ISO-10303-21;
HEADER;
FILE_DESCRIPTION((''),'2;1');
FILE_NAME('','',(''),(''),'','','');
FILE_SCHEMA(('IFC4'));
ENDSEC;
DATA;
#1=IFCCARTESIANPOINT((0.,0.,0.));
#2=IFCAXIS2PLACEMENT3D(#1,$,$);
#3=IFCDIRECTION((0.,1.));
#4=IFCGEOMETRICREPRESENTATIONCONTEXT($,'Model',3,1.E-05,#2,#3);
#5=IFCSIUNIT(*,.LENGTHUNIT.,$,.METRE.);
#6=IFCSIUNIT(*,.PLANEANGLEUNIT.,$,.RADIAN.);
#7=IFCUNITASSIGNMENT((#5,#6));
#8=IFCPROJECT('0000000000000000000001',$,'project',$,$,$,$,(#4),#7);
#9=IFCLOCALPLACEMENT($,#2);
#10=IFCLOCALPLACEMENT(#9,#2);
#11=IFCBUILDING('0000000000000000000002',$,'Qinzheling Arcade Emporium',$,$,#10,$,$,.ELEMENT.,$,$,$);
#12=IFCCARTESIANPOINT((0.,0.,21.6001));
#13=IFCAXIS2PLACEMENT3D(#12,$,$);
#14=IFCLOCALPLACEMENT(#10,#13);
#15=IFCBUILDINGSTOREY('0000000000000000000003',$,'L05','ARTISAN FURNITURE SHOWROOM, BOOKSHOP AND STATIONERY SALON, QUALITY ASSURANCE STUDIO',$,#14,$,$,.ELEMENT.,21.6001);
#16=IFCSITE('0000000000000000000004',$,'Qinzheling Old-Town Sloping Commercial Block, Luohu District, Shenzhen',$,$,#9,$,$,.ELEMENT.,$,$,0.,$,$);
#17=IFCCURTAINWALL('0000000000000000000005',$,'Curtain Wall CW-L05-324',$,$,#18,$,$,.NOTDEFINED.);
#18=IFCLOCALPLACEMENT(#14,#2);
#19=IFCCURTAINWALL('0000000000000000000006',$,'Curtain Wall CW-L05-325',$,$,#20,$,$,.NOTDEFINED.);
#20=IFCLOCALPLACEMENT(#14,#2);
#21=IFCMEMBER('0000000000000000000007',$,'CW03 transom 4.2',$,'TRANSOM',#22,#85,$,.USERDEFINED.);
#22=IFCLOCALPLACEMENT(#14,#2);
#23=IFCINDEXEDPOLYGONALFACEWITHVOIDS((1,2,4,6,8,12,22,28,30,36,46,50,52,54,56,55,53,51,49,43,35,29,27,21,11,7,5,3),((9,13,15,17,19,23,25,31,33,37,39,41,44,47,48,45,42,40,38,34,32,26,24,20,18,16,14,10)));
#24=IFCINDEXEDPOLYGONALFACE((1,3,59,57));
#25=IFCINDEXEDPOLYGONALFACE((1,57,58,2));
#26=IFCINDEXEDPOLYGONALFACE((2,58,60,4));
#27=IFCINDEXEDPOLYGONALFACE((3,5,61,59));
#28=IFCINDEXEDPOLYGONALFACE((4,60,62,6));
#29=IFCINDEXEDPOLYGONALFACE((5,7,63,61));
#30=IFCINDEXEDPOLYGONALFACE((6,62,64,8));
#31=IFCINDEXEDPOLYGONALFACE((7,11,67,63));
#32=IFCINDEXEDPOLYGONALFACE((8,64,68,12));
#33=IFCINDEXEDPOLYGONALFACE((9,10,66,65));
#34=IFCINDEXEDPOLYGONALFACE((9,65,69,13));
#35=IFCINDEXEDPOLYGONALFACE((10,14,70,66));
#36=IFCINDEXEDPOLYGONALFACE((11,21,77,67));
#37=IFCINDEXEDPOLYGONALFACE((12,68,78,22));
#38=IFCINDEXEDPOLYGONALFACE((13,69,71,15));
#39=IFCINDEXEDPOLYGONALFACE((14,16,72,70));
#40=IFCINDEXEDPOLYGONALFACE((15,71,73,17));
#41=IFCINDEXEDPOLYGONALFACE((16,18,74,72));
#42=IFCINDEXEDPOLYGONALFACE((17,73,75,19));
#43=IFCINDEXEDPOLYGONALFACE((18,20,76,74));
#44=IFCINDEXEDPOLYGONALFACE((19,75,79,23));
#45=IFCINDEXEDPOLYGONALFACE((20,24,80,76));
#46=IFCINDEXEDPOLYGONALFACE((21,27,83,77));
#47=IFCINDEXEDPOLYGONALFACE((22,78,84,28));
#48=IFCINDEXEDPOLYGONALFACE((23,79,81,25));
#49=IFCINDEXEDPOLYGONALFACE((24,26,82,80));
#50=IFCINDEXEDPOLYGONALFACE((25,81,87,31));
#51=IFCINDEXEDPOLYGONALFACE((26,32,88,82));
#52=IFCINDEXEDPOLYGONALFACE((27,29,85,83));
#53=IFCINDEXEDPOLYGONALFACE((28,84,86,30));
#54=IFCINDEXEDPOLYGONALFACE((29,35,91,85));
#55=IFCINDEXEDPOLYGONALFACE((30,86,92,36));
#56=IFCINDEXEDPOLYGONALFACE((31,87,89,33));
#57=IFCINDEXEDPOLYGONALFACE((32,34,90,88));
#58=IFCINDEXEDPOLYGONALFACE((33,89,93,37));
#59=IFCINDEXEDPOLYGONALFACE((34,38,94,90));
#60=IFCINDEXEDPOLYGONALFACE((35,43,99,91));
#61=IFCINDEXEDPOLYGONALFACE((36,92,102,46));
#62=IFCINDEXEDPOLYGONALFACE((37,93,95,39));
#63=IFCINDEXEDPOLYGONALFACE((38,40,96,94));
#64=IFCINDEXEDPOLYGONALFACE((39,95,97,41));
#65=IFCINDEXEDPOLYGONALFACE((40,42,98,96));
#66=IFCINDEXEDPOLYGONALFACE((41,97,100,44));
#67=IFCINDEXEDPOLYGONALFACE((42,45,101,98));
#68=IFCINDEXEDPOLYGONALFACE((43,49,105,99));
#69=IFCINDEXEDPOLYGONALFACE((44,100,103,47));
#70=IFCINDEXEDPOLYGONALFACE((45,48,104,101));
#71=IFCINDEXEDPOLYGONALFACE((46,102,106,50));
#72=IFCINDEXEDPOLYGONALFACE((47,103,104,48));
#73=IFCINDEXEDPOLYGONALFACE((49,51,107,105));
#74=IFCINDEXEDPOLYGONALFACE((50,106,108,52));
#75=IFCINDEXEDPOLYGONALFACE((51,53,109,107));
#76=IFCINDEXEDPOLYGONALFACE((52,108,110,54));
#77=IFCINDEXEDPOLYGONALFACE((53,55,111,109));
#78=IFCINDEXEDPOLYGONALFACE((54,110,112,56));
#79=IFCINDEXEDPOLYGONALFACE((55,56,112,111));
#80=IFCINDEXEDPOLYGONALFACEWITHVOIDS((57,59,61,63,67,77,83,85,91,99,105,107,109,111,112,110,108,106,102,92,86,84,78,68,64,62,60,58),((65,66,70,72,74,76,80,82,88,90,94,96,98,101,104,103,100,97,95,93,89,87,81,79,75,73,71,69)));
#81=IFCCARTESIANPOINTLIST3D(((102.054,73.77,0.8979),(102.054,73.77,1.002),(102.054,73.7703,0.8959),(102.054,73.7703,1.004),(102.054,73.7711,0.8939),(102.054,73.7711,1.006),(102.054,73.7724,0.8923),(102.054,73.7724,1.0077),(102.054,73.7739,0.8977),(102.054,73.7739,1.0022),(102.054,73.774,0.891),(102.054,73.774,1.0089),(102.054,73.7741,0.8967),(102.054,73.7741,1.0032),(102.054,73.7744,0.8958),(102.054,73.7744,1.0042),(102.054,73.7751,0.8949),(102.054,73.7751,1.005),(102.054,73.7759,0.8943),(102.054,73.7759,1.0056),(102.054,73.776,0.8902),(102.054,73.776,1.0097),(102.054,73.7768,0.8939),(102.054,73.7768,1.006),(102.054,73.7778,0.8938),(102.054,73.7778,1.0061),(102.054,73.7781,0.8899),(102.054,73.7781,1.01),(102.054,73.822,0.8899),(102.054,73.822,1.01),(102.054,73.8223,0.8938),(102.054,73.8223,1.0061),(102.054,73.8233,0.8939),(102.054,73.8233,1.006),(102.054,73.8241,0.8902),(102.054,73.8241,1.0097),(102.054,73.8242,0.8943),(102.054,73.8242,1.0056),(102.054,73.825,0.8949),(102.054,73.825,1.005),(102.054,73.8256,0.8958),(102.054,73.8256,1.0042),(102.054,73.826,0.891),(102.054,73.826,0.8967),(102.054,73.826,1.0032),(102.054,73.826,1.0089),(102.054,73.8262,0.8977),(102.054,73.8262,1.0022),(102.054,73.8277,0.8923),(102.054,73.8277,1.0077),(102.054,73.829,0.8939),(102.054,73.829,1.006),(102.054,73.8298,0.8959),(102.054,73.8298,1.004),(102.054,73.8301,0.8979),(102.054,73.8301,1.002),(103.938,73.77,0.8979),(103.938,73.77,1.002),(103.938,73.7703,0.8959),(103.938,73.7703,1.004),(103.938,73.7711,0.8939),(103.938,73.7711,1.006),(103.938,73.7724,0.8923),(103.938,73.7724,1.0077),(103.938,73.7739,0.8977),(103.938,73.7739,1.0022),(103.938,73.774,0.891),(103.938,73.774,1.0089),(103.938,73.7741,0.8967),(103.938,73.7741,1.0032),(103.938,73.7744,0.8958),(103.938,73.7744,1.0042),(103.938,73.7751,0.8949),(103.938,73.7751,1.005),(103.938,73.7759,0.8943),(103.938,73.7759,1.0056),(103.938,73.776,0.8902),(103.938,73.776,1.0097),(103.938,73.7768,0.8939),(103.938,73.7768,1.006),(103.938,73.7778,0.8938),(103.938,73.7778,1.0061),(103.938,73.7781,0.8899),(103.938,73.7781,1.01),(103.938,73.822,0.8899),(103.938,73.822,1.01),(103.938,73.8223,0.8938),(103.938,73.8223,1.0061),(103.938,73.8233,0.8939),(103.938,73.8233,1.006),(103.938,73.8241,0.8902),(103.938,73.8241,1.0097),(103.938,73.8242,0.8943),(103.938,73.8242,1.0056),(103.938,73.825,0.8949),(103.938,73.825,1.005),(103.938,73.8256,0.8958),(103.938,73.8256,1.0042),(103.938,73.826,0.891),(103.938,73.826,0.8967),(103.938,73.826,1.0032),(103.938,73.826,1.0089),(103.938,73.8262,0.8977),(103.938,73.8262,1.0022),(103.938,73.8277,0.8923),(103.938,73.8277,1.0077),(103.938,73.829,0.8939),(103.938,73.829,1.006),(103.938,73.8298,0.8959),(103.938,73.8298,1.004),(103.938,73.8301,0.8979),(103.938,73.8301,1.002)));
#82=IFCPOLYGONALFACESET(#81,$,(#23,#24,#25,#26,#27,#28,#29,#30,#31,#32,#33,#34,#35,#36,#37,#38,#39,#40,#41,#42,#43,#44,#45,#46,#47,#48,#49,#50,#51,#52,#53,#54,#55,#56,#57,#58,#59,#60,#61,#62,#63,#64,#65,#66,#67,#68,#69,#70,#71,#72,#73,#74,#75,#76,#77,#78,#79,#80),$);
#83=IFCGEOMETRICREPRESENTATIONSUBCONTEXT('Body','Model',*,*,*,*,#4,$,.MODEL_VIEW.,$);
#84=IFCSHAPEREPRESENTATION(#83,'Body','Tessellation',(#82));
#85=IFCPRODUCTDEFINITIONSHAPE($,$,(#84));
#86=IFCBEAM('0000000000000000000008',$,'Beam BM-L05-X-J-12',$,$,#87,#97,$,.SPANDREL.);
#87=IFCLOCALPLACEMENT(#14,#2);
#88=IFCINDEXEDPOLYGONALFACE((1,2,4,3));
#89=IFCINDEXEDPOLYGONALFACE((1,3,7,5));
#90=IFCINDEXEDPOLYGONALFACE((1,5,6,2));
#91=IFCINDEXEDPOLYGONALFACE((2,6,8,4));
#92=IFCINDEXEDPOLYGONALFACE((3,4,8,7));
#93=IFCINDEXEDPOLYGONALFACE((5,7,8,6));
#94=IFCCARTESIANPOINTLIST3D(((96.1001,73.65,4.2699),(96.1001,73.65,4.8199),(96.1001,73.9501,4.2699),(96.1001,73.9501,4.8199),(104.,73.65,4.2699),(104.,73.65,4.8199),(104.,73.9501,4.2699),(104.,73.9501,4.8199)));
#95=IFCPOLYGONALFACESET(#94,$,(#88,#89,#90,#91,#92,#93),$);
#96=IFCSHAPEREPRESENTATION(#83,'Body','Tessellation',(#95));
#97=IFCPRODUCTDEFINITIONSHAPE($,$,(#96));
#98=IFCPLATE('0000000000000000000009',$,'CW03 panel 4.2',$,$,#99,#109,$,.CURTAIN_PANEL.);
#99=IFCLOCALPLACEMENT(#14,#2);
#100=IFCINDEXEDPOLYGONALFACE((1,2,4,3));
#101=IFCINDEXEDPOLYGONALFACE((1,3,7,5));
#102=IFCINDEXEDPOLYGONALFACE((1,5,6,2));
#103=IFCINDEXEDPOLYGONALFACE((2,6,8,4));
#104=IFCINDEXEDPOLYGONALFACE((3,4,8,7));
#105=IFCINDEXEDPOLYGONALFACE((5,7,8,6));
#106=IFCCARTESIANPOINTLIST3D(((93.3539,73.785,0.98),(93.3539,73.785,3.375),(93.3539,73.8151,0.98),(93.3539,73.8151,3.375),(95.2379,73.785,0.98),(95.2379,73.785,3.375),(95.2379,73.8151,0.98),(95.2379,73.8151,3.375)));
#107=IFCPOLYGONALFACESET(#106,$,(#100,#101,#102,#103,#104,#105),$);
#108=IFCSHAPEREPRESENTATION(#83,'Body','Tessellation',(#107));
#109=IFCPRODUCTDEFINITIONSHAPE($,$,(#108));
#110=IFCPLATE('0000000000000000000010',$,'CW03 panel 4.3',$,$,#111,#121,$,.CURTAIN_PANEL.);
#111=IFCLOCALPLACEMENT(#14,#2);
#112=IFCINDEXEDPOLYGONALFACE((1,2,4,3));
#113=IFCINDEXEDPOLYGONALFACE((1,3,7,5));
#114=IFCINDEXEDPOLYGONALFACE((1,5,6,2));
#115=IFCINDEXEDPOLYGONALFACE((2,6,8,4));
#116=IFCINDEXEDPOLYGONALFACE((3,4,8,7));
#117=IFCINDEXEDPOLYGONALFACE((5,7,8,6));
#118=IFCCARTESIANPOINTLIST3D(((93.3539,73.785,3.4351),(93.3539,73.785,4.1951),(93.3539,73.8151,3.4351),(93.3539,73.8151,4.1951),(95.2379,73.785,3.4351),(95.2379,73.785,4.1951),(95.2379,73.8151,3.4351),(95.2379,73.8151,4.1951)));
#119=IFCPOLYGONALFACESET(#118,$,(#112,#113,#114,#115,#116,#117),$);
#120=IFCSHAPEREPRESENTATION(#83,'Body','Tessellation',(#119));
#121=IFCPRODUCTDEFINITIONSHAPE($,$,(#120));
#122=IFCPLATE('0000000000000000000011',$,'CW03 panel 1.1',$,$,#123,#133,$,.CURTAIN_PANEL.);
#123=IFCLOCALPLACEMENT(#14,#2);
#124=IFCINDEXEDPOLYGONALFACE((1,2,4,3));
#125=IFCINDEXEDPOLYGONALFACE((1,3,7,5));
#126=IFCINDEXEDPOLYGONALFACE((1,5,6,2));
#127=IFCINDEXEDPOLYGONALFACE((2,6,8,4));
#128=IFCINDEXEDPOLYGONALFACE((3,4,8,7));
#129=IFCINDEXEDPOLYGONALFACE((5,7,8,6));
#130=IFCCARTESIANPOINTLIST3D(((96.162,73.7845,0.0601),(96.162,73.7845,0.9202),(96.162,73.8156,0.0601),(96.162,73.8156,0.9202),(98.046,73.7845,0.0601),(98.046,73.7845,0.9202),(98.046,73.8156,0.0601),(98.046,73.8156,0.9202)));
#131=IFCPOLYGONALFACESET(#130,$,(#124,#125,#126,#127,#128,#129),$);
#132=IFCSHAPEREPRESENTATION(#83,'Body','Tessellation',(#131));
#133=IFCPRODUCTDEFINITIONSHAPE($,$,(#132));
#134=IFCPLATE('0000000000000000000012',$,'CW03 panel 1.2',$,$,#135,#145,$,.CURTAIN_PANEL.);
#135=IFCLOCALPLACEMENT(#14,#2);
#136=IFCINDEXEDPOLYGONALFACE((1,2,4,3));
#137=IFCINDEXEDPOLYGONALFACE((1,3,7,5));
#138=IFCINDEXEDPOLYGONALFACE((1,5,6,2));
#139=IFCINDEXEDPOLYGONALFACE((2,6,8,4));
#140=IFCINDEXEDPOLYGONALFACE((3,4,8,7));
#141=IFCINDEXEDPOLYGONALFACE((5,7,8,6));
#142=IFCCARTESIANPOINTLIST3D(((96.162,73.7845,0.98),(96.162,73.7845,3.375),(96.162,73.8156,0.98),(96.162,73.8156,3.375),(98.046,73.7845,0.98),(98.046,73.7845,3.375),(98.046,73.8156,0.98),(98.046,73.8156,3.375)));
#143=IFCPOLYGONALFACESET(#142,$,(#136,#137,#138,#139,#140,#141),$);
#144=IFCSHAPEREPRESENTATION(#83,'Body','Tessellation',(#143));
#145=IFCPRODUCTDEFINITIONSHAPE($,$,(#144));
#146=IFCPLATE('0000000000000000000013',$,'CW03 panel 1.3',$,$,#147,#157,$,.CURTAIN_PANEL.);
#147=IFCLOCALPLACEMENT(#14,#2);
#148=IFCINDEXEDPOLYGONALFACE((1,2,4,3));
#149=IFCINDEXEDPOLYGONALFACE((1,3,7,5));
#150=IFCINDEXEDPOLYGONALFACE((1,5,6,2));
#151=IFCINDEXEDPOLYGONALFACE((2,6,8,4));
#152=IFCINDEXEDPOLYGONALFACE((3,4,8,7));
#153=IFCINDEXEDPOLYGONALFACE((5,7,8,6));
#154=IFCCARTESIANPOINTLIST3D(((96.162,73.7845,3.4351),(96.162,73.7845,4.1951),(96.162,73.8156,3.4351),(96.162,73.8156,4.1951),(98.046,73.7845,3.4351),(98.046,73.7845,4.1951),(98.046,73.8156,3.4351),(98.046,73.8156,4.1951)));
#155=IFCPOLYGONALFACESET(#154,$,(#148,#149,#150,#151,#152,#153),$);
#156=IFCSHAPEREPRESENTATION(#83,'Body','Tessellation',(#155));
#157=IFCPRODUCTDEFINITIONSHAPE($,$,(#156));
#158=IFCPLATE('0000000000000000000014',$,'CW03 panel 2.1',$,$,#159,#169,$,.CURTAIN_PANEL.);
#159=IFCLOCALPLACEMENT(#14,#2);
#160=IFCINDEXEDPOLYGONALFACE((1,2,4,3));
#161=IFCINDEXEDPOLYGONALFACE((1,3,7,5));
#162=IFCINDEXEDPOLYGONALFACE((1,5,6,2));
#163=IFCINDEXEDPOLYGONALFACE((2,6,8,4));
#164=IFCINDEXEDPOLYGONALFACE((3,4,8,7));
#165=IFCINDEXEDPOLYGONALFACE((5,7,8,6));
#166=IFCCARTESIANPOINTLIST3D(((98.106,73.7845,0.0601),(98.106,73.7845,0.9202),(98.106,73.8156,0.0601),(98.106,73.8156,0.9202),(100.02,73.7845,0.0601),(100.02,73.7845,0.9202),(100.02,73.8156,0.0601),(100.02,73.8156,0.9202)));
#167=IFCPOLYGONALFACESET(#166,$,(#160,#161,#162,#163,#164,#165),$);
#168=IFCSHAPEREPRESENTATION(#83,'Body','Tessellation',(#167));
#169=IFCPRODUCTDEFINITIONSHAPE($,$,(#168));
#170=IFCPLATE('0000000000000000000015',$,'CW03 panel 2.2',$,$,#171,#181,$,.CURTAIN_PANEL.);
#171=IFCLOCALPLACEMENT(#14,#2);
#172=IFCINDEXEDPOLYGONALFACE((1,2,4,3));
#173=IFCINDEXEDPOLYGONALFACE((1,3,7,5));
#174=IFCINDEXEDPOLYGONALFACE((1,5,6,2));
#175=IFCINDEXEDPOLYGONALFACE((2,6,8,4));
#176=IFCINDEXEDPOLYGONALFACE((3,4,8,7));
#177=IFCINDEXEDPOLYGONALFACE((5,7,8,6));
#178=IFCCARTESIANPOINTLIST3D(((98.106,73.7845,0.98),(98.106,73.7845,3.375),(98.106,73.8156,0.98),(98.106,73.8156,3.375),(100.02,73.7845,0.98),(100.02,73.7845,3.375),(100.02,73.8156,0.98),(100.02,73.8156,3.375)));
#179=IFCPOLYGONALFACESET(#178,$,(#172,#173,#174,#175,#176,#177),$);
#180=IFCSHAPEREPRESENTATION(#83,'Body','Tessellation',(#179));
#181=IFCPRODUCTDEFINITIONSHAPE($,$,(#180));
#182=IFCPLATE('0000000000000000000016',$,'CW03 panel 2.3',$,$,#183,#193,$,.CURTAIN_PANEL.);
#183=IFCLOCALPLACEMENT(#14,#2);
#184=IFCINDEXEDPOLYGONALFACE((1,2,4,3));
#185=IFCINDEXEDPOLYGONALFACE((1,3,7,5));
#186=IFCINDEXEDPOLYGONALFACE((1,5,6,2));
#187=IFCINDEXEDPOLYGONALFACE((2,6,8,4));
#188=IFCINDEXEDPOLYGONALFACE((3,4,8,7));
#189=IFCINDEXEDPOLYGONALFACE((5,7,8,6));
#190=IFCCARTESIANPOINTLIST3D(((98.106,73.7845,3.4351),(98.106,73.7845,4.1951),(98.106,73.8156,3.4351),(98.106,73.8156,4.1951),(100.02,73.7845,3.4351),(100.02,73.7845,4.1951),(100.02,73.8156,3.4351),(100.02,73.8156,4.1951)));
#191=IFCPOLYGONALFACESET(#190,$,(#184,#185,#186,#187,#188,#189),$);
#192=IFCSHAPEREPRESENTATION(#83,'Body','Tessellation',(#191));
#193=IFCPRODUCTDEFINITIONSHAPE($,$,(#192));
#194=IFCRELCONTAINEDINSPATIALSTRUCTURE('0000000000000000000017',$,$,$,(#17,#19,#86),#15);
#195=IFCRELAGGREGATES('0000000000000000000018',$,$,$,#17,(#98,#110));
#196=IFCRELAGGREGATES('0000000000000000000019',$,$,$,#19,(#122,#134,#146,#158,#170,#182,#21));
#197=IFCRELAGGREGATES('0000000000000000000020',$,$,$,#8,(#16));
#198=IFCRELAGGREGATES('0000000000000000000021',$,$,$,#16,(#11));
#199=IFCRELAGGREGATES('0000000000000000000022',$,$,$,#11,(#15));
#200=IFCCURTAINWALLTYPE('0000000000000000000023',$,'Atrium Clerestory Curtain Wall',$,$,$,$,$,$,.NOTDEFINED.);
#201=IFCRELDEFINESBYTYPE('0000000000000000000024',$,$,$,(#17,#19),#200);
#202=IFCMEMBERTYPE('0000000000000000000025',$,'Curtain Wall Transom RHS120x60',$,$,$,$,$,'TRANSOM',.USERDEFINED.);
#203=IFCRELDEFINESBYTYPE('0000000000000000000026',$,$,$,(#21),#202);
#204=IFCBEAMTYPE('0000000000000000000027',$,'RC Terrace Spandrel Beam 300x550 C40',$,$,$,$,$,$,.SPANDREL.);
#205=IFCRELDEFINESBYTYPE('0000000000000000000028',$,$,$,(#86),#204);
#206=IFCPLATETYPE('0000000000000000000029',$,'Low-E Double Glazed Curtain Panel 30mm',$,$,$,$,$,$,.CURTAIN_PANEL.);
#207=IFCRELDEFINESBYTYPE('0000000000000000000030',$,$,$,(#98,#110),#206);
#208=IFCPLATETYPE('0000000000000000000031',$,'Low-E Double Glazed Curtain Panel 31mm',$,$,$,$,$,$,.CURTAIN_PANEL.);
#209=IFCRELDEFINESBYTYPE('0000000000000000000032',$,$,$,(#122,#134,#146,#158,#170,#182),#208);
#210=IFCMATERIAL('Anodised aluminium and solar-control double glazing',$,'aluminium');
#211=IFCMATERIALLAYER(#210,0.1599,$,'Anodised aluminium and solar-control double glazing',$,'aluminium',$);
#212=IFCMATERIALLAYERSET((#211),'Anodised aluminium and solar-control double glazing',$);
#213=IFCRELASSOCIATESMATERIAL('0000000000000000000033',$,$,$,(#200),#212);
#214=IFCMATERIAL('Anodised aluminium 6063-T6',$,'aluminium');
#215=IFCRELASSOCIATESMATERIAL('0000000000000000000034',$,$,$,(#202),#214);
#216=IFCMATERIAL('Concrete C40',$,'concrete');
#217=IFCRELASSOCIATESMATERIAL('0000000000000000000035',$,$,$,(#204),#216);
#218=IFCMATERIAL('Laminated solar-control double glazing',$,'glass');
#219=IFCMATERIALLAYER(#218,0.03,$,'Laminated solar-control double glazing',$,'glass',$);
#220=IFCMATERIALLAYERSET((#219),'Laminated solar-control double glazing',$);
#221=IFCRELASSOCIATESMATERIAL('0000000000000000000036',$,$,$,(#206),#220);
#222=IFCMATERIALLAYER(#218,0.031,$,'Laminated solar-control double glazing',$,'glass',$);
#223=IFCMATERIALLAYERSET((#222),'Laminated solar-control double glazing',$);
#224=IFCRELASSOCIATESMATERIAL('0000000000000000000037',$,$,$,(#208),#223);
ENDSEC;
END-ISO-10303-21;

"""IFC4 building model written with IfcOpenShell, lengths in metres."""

from ifc_helpers import new_model, si_unit, direction, frame, origin, origin_2d, place, context, subcontext, project, spatial, rectangle, hollow_rectangle, extrude, material, layer, layer_set, material_profile, profile_set, type_object, element, aggregate, save


model = new_model("IFC4")

# Units and contexts
model_context = context("Model", 3, precision=1e-05, world=origin(), true_north=direction((0.0, 1.0)))
body_context = subcontext(model_context, "Body", "Model", "MODEL_VIEW")
ifc_project = project(units=[si_unit("LENGTHUNIT", "METRE"), si_unit("PLANEANGLEUNIT", "RADIAN")], contexts=[model_context])

# Site, building, storey
site_placement = place(None, origin())
site = spatial("IfcSite", under=ifc_project, at=site_placement, Name="Qinzheling Old-Town Sloping Commercial Block, Luohu District, Shenzhen", CompositionType="ELEMENT", RefElevation=0.0)
building_placement = place(site_placement, origin())
building = spatial("IfcBuilding", under=site, at=building_placement, Name="Qinzheling Arcade Emporium", CompositionType="ELEMENT")
storey_placement = place(building_placement, frame((0.0, 0.0, 21.6001)))
storey = spatial("IfcBuildingStorey", under=building, at=storey_placement, Name="L05", Description="ARTISAN FURNITURE SHOWROOM, BOOKSHOP AND STATIONERY SALON, QUALITY ASSURANCE STUDIO", CompositionType="ELEMENT", Elevation=21.6001)

# Shared definitions
ifc_material_1 = material(Name="Concrete C40", Category="concrete")

# Curtain wall
ifc_material_2 = material(Name="Anodised aluminium and solar-control double glazing", Category="aluminium")
ifc_layer_1 = layer(ifc_material_2, 0.1599, Name="Anodised aluminium and solar-control double glazing", Category="aluminium")
ifc_layer_set_1 = layer_set([ifc_layer_1], Name="Anodised aluminium and solar-control double glazing")
curtain_wall_type = type_object("IfcCurtainWallType", Name="Atrium Clerestory Curtain Wall", PredefinedType="NOTDEFINED", material=ifc_layer_set_1)
curtain_wall_1_placement = place(storey_placement, origin())
curtain_wall_1 = element("IfcCurtainWall", 1, at=curtain_wall_1_placement, inside=storey, type_object=curtain_wall_type, Name="Curtain Wall CW-L05-324", PredefinedType="NOTDEFINED")
ifc_material_3 = material(Name="Anodised aluminium 6063-T6", Category="aluminium")

# Curtain wall, member
curtain_wall_2_placement = place(storey_placement, origin())
curtain_wall_2 = element("IfcCurtainWall", 2, at=curtain_wall_2_placement, inside=storey, type_object=curtain_wall_type, Name="Curtain Wall CW-L05-325", PredefinedType="NOTDEFINED")
ifc_material_profile_1 = material_profile(ifc_material_3, hollow_rectangle(XDim=0.0601, YDim=0.1201, WallThickness=0.0039, InnerFilletRadius=0.0039, OuterFilletRadius=0.0081, at=origin_2d()), Name="RHS 120x60x4", Category="aluminium")
ifc_profile_set_1 = profile_set([ifc_material_profile_1], Name="Anodised aluminium 6063-T6")
member_type_1 = type_object("IfcMemberType", Name="Curtain Wall Transom RHS120x60", ElementType="TRANSOM", PredefinedType="USERDEFINED", material=ifc_profile_set_1)
member_1_placement = place(storey_placement, frame((102.054, 73.8, 0.95), z_axis=(1.0, 0.0, 0.0), x_axis=(0.0, 1.0, 0.0)))
member_1 = element("IfcMember", 3, at=member_1_placement, type_object=member_type_1, Name="CW03 transom 4.2", ObjectType="TRANSOM", PredefinedType="USERDEFINED", context=body_context, shape_type="SweptSolid", body=[
    extrude(hollow_rectangle(XDim=0.0601, YDim=0.1201, WallThickness=0.0039, InnerFilletRadius=0.0039, OuterFilletRadius=0.0081, at=origin_2d()), origin(), (0.0, 0.0, 1.0), 1.884),
])

# Beam
ifc_material_profile_2 = material_profile(ifc_material_1, rectangle(XDim=0.3, YDim=0.55, at=origin_2d()), Name="RC 300x550", Category="concrete")
ifc_profile_set_2 = profile_set([ifc_material_profile_2], Name="Concrete C40")
beam_type = type_object("IfcBeamType", Name="RC Terrace Spandrel Beam 300x550 C40", PredefinedType="SPANDREL", material=ifc_profile_set_2)
beam_placement = place(storey_placement, frame((96.1001, 73.8, 4.5449), z_axis=(1.0, 0.0, 0.0), x_axis=(0.0, 1.0, 0.0)))
element("IfcBeam", 4, at=beam_placement, inside=storey, type_object=beam_type, Name="Beam BM-L05-X-J-12", PredefinedType="SPANDREL", context=body_context, shape_type="SweptSolid", body=[
    extrude(rectangle(XDim=0.3, YDim=0.55, at=origin_2d()), origin(), (0.0, 0.0, 1.0), 7.8999),
])

# Plates
ifc_material_4 = material(Name="Laminated solar-control double glazing", Category="glass")
ifc_layer_2 = layer(ifc_material_4, 0.03, Name="Laminated solar-control double glazing", Category="glass")
ifc_layer_set_2 = layer_set([ifc_layer_2], Name="Laminated solar-control double glazing")
plate_type_1 = type_object("IfcPlateType", Name="Low-E Double Glazed Curtain Panel 30mm", PredefinedType="CURTAIN_PANEL", material=ifc_layer_set_2)
plate_1_placement = place(storey_placement, frame((94.2959, 73.8, 0.98), z_axis=(0.0, 0.0, 1.0), x_axis=(1.0, 0.0, 0.0)))
plate_1 = element("IfcPlate", 5, at=plate_1_placement, type_object=plate_type_1, Name="CW03 panel 4.2", PredefinedType="CURTAIN_PANEL", context=body_context, shape_type="SweptSolid", body=[
    extrude(rectangle(XDim=1.884, YDim=0.03, at=origin_2d()), origin(), (0.0, 0.0, 1.0), 2.395),
])
plate_2_placement = place(storey_placement, frame((94.2959, 73.8, 3.4351), z_axis=(0.0, 0.0, 1.0), x_axis=(1.0, 0.0, 0.0)))
plate_2 = element("IfcPlate", 6, at=plate_2_placement, type_object=plate_type_1, Name="CW03 panel 4.3", PredefinedType="CURTAIN_PANEL", context=body_context, shape_type="SweptSolid", body=[
    extrude(rectangle(XDim=1.884, YDim=0.03, at=origin_2d()), origin(), (0.0, 0.0, 1.0), 0.76),
])
aggregate(curtain_wall_1, [plate_1, plate_2])
ifc_layer_3 = layer(ifc_material_4, 0.031, Name="Laminated solar-control double glazing", Category="glass")
ifc_layer_set_3 = layer_set([ifc_layer_3], Name="Laminated solar-control double glazing")
plate_type_2 = type_object("IfcPlateType", Name="Low-E Double Glazed Curtain Panel 31mm", PredefinedType="CURTAIN_PANEL", material=ifc_layer_set_3)
plate_3_placement = place(storey_placement, frame((97.104, 73.8, 0.0601), z_axis=(0.0, 0.0, 1.0), x_axis=(1.0, 0.0, 0.0)))
plate_3 = element("IfcPlate", 7, at=plate_3_placement, type_object=plate_type_2, Name="CW03 panel 1.1", PredefinedType="CURTAIN_PANEL", context=body_context, shape_type="SweptSolid", body=[
    extrude(rectangle(XDim=1.884, YDim=0.031, at=origin_2d()), origin(), (0.0, 0.0, 1.0), 0.8601),
])
plate_4_placement = place(storey_placement, frame((97.104, 73.8, 0.98), z_axis=(0.0, 0.0, 1.0), x_axis=(1.0, 0.0, 0.0)))
plate_4 = element("IfcPlate", 8, at=plate_4_placement, type_object=plate_type_2, Name="CW03 panel 1.2", PredefinedType="CURTAIN_PANEL", context=body_context, shape_type="SweptSolid", body=[
    extrude(rectangle(XDim=1.884, YDim=0.031, at=origin_2d()), origin(), (0.0, 0.0, 1.0), 2.395),
])
plate_5_placement = place(storey_placement, frame((97.104, 73.8, 3.4351), z_axis=(0.0, 0.0, 1.0), x_axis=(1.0, 0.0, 0.0)))
plate_5 = element("IfcPlate", 9, at=plate_5_placement, type_object=plate_type_2, Name="CW03 panel 1.3", PredefinedType="CURTAIN_PANEL", context=body_context, shape_type="SweptSolid", body=[
    extrude(rectangle(XDim=1.884, YDim=0.031, at=origin_2d()), origin(), (0.0, 0.0, 1.0), 0.76),
])
plate_6_placement = place(storey_placement, frame((99.063, 73.8, 0.0601), z_axis=(0.0, 0.0, 1.0), x_axis=(1.0, 0.0, 0.0)))
plate_6 = element("IfcPlate", 10, at=plate_6_placement, type_object=plate_type_2, Name="CW03 panel 2.1", PredefinedType="CURTAIN_PANEL", context=body_context, shape_type="SweptSolid", body=[
    extrude(rectangle(XDim=1.9141, YDim=0.031, at=origin_2d()), origin(), (0.0, 0.0, 1.0), 0.8601),
])
plate_7_placement = place(storey_placement, frame((99.063, 73.8, 0.98), z_axis=(0.0, 0.0, 1.0), x_axis=(1.0, 0.0, 0.0)))
plate_7 = element("IfcPlate", 11, at=plate_7_placement, type_object=plate_type_2, Name="CW03 panel 2.2", PredefinedType="CURTAIN_PANEL", context=body_context, shape_type="SweptSolid", body=[
    extrude(rectangle(XDim=1.9141, YDim=0.031, at=origin_2d()), origin(), (0.0, 0.0, 1.0), 2.395),
])
plate_8_placement = place(storey_placement, frame((99.063, 73.8, 3.4351), z_axis=(0.0, 0.0, 1.0), x_axis=(1.0, 0.0, 0.0)))
plate_8 = element("IfcPlate", 12, at=plate_8_placement, type_object=plate_type_2, Name="CW03 panel 2.3", PredefinedType="CURTAIN_PANEL", context=body_context, shape_type="SweptSolid", body=[
    extrude(rectangle(XDim=1.9141, YDim=0.031, at=origin_2d()), origin(), (0.0, 0.0, 1.0), 0.76),
])
aggregate(curtain_wall_2, [plate_3, plate_4, plate_5, plate_6, plate_7, plate_8, member_1])

save(model, "model.ifc")
